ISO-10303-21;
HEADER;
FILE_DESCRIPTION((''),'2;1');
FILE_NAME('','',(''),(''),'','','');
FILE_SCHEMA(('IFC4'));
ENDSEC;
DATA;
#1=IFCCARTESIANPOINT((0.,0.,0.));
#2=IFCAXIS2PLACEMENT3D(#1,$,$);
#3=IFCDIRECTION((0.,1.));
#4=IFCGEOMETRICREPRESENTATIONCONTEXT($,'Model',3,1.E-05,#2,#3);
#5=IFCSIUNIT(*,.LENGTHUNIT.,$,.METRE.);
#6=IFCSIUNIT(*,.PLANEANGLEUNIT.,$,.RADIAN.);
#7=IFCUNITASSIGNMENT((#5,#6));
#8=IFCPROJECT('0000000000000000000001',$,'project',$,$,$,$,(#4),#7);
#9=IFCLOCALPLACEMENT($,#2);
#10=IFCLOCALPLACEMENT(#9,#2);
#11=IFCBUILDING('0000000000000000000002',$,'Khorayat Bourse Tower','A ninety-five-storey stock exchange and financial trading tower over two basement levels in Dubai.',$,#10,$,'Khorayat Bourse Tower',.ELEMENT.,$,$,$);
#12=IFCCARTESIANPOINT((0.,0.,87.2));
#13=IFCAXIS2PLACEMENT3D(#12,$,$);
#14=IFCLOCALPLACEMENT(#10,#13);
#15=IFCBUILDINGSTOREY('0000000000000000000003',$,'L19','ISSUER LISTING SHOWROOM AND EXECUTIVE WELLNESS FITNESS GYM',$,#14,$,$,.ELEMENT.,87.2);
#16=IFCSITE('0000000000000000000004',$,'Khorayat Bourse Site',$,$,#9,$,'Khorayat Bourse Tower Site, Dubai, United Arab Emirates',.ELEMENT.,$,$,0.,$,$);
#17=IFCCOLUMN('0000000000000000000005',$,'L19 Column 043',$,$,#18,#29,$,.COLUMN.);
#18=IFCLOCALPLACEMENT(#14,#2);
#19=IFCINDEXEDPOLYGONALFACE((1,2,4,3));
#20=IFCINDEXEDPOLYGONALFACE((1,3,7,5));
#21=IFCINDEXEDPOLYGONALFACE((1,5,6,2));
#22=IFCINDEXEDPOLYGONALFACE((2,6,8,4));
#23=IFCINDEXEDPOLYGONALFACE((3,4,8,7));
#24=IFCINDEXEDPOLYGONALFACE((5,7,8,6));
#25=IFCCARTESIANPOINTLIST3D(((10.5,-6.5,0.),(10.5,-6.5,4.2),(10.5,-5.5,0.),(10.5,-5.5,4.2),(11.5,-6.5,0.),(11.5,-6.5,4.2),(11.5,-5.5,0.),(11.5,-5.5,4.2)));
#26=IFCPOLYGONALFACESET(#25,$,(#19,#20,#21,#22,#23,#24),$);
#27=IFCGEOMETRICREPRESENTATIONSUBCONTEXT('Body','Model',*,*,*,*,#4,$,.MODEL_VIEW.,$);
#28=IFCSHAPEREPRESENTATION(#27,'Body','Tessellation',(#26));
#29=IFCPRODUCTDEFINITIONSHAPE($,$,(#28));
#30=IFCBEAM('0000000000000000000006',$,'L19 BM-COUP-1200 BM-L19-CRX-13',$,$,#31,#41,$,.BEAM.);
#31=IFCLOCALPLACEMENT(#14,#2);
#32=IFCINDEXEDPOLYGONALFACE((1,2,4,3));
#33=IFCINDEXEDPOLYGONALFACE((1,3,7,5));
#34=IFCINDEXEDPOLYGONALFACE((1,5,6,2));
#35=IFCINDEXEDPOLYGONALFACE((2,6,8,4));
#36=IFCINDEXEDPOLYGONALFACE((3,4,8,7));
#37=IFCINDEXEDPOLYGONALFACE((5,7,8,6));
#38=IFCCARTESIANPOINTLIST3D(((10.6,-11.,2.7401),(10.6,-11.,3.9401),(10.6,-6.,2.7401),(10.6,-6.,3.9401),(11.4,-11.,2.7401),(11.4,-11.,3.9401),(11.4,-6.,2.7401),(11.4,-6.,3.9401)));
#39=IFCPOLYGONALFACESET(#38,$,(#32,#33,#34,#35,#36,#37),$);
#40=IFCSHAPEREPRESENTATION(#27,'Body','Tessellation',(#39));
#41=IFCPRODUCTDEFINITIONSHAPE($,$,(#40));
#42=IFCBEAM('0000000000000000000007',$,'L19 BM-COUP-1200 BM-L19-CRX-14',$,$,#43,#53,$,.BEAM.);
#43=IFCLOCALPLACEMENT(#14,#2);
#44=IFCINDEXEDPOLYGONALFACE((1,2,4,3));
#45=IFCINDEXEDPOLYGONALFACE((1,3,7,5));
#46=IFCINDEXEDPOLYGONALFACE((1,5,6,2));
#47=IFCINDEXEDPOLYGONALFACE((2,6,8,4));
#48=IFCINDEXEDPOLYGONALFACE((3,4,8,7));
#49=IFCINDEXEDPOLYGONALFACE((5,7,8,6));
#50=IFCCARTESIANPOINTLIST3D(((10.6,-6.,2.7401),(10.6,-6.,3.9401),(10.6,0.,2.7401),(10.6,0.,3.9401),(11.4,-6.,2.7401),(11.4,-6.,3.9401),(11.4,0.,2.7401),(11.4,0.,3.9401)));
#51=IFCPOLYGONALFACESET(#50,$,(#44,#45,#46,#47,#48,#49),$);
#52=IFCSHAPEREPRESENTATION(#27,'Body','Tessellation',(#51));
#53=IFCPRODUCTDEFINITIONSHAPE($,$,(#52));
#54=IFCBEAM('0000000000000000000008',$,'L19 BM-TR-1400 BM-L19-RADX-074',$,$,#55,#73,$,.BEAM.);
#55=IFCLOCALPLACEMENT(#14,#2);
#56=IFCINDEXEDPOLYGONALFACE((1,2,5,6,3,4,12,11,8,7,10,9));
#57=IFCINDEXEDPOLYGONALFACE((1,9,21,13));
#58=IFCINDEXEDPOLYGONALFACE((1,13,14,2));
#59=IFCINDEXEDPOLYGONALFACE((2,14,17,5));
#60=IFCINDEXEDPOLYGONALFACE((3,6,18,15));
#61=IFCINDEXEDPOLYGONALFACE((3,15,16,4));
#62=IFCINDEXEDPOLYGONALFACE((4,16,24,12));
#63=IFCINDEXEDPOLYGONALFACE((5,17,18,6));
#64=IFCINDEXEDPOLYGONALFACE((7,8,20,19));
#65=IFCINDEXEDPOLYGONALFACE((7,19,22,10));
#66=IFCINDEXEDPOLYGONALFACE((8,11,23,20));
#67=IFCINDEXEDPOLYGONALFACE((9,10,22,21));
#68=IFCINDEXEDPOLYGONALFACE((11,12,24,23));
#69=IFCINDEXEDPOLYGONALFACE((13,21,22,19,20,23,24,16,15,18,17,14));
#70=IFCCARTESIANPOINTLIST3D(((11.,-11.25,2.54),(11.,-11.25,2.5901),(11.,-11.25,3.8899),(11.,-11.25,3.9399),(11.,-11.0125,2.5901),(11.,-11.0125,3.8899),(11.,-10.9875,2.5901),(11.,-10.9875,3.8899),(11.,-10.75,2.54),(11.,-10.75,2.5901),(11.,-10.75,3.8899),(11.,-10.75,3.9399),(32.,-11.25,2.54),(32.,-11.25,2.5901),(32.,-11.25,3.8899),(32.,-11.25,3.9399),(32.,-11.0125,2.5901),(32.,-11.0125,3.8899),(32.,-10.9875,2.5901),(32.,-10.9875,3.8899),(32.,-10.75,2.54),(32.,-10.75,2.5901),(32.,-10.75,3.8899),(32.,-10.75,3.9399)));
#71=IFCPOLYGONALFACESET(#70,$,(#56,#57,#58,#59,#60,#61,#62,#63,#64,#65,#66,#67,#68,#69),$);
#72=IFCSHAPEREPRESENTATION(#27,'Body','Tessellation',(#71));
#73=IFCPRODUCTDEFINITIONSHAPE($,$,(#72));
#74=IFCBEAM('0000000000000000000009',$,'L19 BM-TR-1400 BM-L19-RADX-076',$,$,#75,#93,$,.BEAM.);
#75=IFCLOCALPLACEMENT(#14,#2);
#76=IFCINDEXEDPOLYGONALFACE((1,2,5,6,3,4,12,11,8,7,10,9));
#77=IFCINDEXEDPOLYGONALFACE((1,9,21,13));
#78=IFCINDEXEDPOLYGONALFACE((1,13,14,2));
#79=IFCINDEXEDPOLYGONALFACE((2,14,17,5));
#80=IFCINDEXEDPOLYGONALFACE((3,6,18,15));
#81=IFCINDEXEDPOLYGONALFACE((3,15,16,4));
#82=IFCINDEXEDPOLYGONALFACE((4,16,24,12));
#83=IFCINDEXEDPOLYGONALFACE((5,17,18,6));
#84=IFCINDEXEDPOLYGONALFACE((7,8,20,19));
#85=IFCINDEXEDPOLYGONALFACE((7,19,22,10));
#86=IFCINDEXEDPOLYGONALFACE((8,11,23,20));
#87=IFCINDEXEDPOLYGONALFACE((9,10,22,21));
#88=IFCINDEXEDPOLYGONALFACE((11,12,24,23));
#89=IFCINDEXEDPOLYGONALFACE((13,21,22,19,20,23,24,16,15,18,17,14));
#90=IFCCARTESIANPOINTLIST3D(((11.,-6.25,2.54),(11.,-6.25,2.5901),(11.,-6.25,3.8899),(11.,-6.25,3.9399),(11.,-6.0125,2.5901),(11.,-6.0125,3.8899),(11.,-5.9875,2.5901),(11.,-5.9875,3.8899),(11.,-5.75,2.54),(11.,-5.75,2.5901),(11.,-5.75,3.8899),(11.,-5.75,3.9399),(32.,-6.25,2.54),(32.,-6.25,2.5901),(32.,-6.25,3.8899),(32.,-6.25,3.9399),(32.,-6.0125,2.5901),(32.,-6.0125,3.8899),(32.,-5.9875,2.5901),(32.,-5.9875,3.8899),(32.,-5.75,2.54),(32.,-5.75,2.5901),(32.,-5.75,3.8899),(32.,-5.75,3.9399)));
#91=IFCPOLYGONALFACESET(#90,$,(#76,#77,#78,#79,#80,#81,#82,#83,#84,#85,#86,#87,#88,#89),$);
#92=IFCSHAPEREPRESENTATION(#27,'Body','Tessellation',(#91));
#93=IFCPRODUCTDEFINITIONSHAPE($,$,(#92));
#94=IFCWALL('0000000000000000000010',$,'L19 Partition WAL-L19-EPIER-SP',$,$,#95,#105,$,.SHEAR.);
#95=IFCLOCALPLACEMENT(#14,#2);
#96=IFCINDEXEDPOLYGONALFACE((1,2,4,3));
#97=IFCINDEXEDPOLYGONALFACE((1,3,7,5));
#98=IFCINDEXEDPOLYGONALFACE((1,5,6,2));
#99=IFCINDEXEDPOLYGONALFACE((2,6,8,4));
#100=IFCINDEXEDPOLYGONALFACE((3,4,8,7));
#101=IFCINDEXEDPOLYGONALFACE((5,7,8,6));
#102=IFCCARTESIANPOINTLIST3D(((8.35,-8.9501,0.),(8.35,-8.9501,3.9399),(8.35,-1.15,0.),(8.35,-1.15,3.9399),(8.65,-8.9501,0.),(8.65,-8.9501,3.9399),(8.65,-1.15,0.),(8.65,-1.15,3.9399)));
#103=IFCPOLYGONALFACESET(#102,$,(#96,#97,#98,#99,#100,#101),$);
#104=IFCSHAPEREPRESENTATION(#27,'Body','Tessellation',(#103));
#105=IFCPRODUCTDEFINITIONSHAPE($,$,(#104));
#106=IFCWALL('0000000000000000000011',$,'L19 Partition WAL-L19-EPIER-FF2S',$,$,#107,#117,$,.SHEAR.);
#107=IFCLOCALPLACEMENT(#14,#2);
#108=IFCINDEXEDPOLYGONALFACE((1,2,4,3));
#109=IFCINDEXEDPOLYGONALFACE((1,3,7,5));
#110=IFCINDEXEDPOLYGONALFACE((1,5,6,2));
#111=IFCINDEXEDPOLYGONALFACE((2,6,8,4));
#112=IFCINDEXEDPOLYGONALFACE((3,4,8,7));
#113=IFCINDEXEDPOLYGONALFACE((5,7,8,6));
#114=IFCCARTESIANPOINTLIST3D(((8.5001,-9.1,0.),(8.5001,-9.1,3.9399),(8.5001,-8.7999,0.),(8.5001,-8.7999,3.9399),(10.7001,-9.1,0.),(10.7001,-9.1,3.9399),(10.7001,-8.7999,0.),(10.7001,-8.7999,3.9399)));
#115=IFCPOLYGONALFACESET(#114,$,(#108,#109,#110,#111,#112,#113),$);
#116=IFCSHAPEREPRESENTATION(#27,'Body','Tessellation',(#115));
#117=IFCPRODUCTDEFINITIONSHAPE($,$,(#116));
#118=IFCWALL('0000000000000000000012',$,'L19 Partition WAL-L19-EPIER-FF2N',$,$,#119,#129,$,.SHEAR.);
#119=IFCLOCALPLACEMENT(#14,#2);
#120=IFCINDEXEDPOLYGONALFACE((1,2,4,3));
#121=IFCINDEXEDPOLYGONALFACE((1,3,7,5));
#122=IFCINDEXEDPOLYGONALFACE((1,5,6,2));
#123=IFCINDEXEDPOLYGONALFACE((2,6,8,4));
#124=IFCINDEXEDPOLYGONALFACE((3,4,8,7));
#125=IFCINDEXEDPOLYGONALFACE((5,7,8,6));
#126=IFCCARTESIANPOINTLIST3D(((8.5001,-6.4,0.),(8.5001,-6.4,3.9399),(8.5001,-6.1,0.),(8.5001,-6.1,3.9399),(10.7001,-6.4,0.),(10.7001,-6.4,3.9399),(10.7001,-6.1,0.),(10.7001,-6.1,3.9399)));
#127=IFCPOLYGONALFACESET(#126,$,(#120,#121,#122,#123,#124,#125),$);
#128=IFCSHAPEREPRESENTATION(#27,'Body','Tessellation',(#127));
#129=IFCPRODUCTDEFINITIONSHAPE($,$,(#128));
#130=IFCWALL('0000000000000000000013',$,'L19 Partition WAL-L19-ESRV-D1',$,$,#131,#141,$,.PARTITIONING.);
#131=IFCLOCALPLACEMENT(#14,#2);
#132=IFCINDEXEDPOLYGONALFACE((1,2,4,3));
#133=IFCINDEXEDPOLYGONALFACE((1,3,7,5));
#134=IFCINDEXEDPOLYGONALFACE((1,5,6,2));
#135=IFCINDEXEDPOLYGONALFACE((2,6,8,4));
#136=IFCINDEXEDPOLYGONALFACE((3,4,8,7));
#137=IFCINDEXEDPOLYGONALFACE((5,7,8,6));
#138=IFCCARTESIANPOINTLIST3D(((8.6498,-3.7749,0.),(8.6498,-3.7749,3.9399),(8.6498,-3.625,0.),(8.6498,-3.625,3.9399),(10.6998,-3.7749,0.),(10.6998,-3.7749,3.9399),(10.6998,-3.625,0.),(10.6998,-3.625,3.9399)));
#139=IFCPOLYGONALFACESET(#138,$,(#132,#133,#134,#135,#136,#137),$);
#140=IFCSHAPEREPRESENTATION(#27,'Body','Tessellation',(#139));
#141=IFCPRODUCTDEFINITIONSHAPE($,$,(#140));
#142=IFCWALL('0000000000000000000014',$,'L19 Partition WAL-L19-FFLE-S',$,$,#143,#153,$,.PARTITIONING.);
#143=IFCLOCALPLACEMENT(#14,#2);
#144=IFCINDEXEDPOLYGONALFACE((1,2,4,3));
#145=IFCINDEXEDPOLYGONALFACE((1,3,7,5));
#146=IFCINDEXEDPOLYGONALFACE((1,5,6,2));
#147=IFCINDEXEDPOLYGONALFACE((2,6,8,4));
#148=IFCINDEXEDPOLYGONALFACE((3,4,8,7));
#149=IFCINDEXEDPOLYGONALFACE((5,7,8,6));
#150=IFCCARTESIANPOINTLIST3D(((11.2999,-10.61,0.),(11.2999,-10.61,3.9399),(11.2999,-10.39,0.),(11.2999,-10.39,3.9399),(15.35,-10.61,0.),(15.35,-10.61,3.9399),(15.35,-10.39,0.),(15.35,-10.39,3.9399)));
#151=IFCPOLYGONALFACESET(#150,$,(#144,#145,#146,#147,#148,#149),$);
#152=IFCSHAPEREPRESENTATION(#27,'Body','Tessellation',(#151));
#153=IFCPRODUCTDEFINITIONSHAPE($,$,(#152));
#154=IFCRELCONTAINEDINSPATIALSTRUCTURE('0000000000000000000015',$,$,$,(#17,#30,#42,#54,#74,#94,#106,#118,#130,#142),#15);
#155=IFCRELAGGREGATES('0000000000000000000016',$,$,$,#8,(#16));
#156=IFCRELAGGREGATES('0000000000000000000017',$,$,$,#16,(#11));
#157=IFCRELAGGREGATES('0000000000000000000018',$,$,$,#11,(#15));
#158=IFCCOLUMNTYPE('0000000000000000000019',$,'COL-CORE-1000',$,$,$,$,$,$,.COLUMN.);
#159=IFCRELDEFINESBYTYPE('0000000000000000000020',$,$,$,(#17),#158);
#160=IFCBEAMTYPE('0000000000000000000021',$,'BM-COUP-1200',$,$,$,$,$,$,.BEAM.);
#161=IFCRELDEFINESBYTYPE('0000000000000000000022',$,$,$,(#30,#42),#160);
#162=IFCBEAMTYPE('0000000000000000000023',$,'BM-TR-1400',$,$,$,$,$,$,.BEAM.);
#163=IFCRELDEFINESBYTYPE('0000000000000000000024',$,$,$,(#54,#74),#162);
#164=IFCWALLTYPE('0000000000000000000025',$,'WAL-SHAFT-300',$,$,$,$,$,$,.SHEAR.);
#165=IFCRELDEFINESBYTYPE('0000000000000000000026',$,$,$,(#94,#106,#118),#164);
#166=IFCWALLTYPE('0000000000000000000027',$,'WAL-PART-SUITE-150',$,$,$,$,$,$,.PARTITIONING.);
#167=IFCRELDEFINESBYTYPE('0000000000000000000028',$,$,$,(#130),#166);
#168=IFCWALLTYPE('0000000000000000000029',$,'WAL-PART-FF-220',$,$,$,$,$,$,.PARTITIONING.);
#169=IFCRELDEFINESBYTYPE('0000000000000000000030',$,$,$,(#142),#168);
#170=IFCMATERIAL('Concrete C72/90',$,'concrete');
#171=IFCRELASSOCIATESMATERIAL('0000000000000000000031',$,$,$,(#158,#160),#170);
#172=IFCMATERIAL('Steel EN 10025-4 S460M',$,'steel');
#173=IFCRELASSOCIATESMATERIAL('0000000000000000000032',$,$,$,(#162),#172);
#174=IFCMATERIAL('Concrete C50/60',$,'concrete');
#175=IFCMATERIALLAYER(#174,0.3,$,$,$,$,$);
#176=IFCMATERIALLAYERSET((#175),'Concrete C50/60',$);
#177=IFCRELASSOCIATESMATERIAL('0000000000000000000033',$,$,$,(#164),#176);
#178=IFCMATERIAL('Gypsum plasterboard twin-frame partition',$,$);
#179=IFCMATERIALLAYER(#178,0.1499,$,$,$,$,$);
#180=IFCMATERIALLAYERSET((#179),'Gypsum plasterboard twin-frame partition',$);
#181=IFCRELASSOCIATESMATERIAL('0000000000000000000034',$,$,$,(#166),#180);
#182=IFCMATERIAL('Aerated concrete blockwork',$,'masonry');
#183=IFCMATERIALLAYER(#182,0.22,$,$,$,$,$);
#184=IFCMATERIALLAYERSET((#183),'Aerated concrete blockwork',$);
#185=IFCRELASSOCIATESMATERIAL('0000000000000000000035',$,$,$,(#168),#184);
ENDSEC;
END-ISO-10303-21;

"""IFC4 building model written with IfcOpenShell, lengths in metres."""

from ifc_helpers import new_model, si_unit, direction, frame, frame_2d, origin, origin_2d, place, context, subcontext, project, spatial, rectangle, i_section, extrude, source, transform, mapped, material, layer, layer_set, material_profile, profile_set, type_object, element, save


model = new_model("IFC4")

# Units and contexts
model_context = context("Model", 3, precision=1e-05, world=origin(), true_north=direction((0.0, 1.0)))
body_context = subcontext(model_context, "Body", "Model", "MODEL_VIEW")
ifc_project = project(units=[si_unit("LENGTHUNIT", "METRE"), si_unit("PLANEANGLEUNIT", "RADIAN")], contexts=[model_context])

# Site, building, storey
site_placement = place(None, origin())
site = spatial("IfcSite", under=ifc_project, at=site_placement, Name="Khorayat Bourse Site", LongName="Khorayat Bourse Tower Site, Dubai, United Arab Emirates", CompositionType="ELEMENT", RefElevation=0.0)
building_placement = place(site_placement, origin())
building = spatial("IfcBuilding", under=site, at=building_placement, Name="Khorayat Bourse Tower", Description="A ninety-five-storey stock exchange and financial trading tower over two basement levels in Dubai.", LongName="Khorayat Bourse Tower", CompositionType="ELEMENT")
storey_placement = place(building_placement, frame((0.0, 0.0, 87.2)))
storey = spatial("IfcBuildingStorey", under=building, at=storey_placement, Name="L19", Description="ISSUER LISTING SHOWROOM AND EXECUTIVE WELLNESS FITNESS GYM", CompositionType="ELEMENT", Elevation=87.2)

# Column
ifc_material_1 = material(Name="Concrete C72/90", Category="concrete")
ifc_material_profile_1 = material_profile(ifc_material_1, rectangle(XDim=1.0, YDim=1.0, at=origin_2d()), Name="RC 1000x1000")
ifc_profile_set_1 = profile_set([ifc_material_profile_1], Name="Concrete C72/90")
column_type = type_object("IfcColumnType", Name="COL-CORE-1000", PredefinedType="COLUMN", material=ifc_profile_set_1)
shared_shape_1 = source(origin(), body_context, "Body", "SweptSolid", [
    extrude(rectangle(XDim=1.0, YDim=1.0, at=origin_2d()), origin(), (0.0, 0.0, 1.0), 4.2),
])
column_placement = place(storey_placement, frame((11.0, -6.0, 0.0), z_axis=(0.0, 0.0, 1.0), x_axis=(1.0, 0.0, 0.0)))
element("IfcColumn", 1, at=column_placement, inside=storey, type_object=column_type, Name="L19 Column 043", PredefinedType="COLUMN", context=body_context, shape_type="MappedRepresentation", body=[
    mapped(shared_shape_1, transform((0.0, 0.0, 0.0), scale=1.0)),
])

# Beams
ifc_material_profile_2 = material_profile(ifc_material_1, rectangle(XDim=0.8, YDim=1.2, at=origin_2d()), Name="RC 800x1200")
ifc_profile_set_2 = profile_set([ifc_material_profile_2], Name="Concrete C72/90")
beam_type_1 = type_object("IfcBeamType", Name="BM-COUP-1200", PredefinedType="BEAM", material=ifc_profile_set_2)
shared_shape_2 = source(origin(), body_context, "Body", "SweptSolid", [
    extrude(rectangle(XDim=0.8, YDim=1.2, at=origin_2d()), origin(), (0.0, 0.0, 1.0), 5.0),
])
beam_1_placement = place(storey_placement, frame((11.0, -11.0, 3.3401), z_axis=(0.0, 1.0, 0.0), x_axis=(-1.0, 0.0, 0.0)))
element("IfcBeam", 2, at=beam_1_placement, inside=storey, type_object=beam_type_1, Name="L19 BM-COUP-1200 BM-L19-CRX-13", PredefinedType="BEAM", context=body_context, shape_type="MappedRepresentation", body=[
    mapped(shared_shape_2, transform((0.0, 0.0, 0.0), scale=1.0)),
])
shared_shape_3 = source(origin(), body_context, "Body", "SweptSolid", [
    extrude(rectangle(XDim=0.8, YDim=1.2, at=origin_2d()), origin(), (0.0, 0.0, 1.0), 6.0),
])
beam_2_placement = place(storey_placement, frame((11.0, -6.0, 3.3401), z_axis=(0.0, 1.0, 0.0), x_axis=(-1.0, 0.0, 0.0)))
element("IfcBeam", 3, at=beam_2_placement, inside=storey, type_object=beam_type_1, Name="L19 BM-COUP-1200 BM-L19-CRX-14", PredefinedType="BEAM", context=body_context, shape_type="MappedRepresentation", body=[
    mapped(shared_shape_3, transform((0.0, 0.0, 0.0), scale=1.0)),
])
ifc_material_2 = material(Name="Steel EN 10025-4 S460M", Category="steel")
ifc_material_profile_3 = material_profile(ifc_material_2, i_section(OverallWidth=0.5, OverallDepth=1.3999, WebThickness=0.0249, FlangeThickness=0.05, at=origin_2d()), Name="PG 1400x500x25x50")
ifc_profile_set_3 = profile_set([ifc_material_profile_3], Name="Steel EN 10025-4 S460M")
beam_type_2 = type_object("IfcBeamType", Name="BM-TR-1400", PredefinedType="BEAM", material=ifc_profile_set_3)
shared_shape_4 = source(origin(), body_context, "Body", "SweptSolid", [
    extrude(i_section(OverallWidth=0.5, OverallDepth=1.3999, WebThickness=0.0249, FlangeThickness=0.05, at=origin_2d()), origin(), (0.0, 0.0, 1.0), 21.0),
])
for number, where, z_axis, x_axis, name in (
    (4, (11.0, -11.0, 3.24), (1.0, 0.0, 0.0), (0.0, 1.0, 0.0), "L19 BM-TR-1400 BM-L19-RADX-074"),
    (5, (11.0, -6.0, 3.24), (1.0, 0.0, 0.0), (0.0, 1.0, 0.0), "L19 BM-TR-1400 BM-L19-RADX-076"),
):
    element("IfcBeam", number, at=place(storey_placement, frame(where, z_axis=z_axis, x_axis=x_axis)), inside=storey, type_object=beam_type_2, Name=name, PredefinedType="BEAM", context=body_context, shape_type="MappedRepresentation", body=[
        mapped(shared_shape_4, transform((0.0, 0.0, 0.0), scale=1.0)),
    ])

# Walls
ifc_material_3 = material(Name="Concrete C50/60", Category="concrete")
ifc_layer_1 = layer(ifc_material_3, 0.3)
ifc_layer_set_1 = layer_set([ifc_layer_1], Name="Concrete C50/60")
wall_type_1 = type_object("IfcWallType", Name="WAL-SHAFT-300", PredefinedType="SHEAR", material=ifc_layer_set_1)
shared_shape_5 = source(origin(), body_context, "Body", "SweptSolid", [
    extrude(rectangle(XDim=7.8, YDim=0.3, at=frame_2d((3.8999, 0.0))), origin(), (0.0, 0.0, 1.0), 3.9399),
])
wall_1_placement = place(storey_placement, frame((8.5, -8.95, 0.0), z_axis=(0.0, 0.0, 1.0), x_axis=(0.0, 1.0, 0.0)))
element("IfcWall", 6, at=wall_1_placement, inside=storey, type_object=wall_type_1, Name="L19 Partition WAL-L19-EPIER-SP", PredefinedType="SHEAR", context=body_context, shape_type="MappedRepresentation", body=[
    mapped(shared_shape_5, transform((0.0, 0.0, 0.0), scale=1.0)),
])
shared_shape_6 = source(origin(), body_context, "Body", "SweptSolid", [
    extrude(rectangle(XDim=2.2, YDim=0.3, at=frame_2d((1.1001, 0.0))), origin(), (0.0, 0.0, 1.0), 3.9399),
])
for number, where, z_axis, x_axis, name in (
    (7, (8.5, -8.95, 0.0), (0.0, 0.0, 1.0), (1.0, 0.0, 0.0), "L19 Partition WAL-L19-EPIER-FF2S"),
    (8, (8.5, -6.25, 0.0), (0.0, 0.0, 1.0), (1.0, 0.0, 0.0), "L19 Partition WAL-L19-EPIER-FF2N"),
):
    element("IfcWall", number, at=place(storey_placement, frame(where, z_axis=z_axis, x_axis=x_axis)), inside=storey, type_object=wall_type_1, Name=name, PredefinedType="SHEAR", context=body_context, shape_type="MappedRepresentation", body=[
        mapped(shared_shape_6, transform((0.0, 0.0, 0.0), scale=1.0)),
    ])
ifc_material_4 = material(Name="Gypsum plasterboard twin-frame partition")
ifc_layer_2 = layer(ifc_material_4, 0.1499)
ifc_layer_set_2 = layer_set([ifc_layer_2], Name="Gypsum plasterboard twin-frame partition")
wall_type_2 = type_object("IfcWallType", Name="WAL-PART-SUITE-150", PredefinedType="PARTITIONING", material=ifc_layer_set_2)
shared_shape_7 = source(origin(), body_context, "Body", "SweptSolid", [
    extrude(rectangle(XDim=2.05, YDim=0.1499, at=frame_2d((1.0249, 0.0))), origin(), (0.0, 0.0, 1.0), 3.9399),
])
wall_2_placement = place(storey_placement, frame((8.6499, -3.7, 0.0), z_axis=(0.0, 0.0, 1.0), x_axis=(1.0, 0.0, 0.0)))
element("IfcWall", 9, at=wall_2_placement, inside=storey, type_object=wall_type_2, Name="L19 Partition WAL-L19-ESRV-D1", PredefinedType="PARTITIONING", context=body_context, shape_type="MappedRepresentation", body=[
    mapped(shared_shape_7, transform((0.0, 0.0, 0.0), scale=1.0)),
])
ifc_material_5 = material(Name="Aerated concrete blockwork", Category="masonry")
ifc_layer_3 = layer(ifc_material_5, 0.22)
ifc_layer_set_3 = layer_set([ifc_layer_3], Name="Aerated concrete blockwork")
wall_type_3 = type_object("IfcWallType", Name="WAL-PART-FF-220", PredefinedType="PARTITIONING", material=ifc_layer_set_3)
shared_shape_8 = source(origin(), body_context, "Body", "SweptSolid", [
    extrude(rectangle(XDim=4.05, YDim=0.22, at=frame_2d((2.0249, 0.0))), origin(), (0.0, 0.0, 1.0), 3.9399),
])
wall_3_placement = place(storey_placement, frame((11.3, -10.5, 0.0), z_axis=(0.0, 0.0, 1.0), x_axis=(1.0, 0.0, 0.0)))
element("IfcWall", 10, at=wall_3_placement, inside=storey, type_object=wall_type_3, Name="L19 Partition WAL-L19-FFLE-S", PredefinedType="PARTITIONING", context=body_context, shape_type="MappedRepresentation", body=[
    mapped(shared_shape_8, transform((0.0, 0.0, 0.0), scale=1.0)),
])

save(model, "model.ifc")
